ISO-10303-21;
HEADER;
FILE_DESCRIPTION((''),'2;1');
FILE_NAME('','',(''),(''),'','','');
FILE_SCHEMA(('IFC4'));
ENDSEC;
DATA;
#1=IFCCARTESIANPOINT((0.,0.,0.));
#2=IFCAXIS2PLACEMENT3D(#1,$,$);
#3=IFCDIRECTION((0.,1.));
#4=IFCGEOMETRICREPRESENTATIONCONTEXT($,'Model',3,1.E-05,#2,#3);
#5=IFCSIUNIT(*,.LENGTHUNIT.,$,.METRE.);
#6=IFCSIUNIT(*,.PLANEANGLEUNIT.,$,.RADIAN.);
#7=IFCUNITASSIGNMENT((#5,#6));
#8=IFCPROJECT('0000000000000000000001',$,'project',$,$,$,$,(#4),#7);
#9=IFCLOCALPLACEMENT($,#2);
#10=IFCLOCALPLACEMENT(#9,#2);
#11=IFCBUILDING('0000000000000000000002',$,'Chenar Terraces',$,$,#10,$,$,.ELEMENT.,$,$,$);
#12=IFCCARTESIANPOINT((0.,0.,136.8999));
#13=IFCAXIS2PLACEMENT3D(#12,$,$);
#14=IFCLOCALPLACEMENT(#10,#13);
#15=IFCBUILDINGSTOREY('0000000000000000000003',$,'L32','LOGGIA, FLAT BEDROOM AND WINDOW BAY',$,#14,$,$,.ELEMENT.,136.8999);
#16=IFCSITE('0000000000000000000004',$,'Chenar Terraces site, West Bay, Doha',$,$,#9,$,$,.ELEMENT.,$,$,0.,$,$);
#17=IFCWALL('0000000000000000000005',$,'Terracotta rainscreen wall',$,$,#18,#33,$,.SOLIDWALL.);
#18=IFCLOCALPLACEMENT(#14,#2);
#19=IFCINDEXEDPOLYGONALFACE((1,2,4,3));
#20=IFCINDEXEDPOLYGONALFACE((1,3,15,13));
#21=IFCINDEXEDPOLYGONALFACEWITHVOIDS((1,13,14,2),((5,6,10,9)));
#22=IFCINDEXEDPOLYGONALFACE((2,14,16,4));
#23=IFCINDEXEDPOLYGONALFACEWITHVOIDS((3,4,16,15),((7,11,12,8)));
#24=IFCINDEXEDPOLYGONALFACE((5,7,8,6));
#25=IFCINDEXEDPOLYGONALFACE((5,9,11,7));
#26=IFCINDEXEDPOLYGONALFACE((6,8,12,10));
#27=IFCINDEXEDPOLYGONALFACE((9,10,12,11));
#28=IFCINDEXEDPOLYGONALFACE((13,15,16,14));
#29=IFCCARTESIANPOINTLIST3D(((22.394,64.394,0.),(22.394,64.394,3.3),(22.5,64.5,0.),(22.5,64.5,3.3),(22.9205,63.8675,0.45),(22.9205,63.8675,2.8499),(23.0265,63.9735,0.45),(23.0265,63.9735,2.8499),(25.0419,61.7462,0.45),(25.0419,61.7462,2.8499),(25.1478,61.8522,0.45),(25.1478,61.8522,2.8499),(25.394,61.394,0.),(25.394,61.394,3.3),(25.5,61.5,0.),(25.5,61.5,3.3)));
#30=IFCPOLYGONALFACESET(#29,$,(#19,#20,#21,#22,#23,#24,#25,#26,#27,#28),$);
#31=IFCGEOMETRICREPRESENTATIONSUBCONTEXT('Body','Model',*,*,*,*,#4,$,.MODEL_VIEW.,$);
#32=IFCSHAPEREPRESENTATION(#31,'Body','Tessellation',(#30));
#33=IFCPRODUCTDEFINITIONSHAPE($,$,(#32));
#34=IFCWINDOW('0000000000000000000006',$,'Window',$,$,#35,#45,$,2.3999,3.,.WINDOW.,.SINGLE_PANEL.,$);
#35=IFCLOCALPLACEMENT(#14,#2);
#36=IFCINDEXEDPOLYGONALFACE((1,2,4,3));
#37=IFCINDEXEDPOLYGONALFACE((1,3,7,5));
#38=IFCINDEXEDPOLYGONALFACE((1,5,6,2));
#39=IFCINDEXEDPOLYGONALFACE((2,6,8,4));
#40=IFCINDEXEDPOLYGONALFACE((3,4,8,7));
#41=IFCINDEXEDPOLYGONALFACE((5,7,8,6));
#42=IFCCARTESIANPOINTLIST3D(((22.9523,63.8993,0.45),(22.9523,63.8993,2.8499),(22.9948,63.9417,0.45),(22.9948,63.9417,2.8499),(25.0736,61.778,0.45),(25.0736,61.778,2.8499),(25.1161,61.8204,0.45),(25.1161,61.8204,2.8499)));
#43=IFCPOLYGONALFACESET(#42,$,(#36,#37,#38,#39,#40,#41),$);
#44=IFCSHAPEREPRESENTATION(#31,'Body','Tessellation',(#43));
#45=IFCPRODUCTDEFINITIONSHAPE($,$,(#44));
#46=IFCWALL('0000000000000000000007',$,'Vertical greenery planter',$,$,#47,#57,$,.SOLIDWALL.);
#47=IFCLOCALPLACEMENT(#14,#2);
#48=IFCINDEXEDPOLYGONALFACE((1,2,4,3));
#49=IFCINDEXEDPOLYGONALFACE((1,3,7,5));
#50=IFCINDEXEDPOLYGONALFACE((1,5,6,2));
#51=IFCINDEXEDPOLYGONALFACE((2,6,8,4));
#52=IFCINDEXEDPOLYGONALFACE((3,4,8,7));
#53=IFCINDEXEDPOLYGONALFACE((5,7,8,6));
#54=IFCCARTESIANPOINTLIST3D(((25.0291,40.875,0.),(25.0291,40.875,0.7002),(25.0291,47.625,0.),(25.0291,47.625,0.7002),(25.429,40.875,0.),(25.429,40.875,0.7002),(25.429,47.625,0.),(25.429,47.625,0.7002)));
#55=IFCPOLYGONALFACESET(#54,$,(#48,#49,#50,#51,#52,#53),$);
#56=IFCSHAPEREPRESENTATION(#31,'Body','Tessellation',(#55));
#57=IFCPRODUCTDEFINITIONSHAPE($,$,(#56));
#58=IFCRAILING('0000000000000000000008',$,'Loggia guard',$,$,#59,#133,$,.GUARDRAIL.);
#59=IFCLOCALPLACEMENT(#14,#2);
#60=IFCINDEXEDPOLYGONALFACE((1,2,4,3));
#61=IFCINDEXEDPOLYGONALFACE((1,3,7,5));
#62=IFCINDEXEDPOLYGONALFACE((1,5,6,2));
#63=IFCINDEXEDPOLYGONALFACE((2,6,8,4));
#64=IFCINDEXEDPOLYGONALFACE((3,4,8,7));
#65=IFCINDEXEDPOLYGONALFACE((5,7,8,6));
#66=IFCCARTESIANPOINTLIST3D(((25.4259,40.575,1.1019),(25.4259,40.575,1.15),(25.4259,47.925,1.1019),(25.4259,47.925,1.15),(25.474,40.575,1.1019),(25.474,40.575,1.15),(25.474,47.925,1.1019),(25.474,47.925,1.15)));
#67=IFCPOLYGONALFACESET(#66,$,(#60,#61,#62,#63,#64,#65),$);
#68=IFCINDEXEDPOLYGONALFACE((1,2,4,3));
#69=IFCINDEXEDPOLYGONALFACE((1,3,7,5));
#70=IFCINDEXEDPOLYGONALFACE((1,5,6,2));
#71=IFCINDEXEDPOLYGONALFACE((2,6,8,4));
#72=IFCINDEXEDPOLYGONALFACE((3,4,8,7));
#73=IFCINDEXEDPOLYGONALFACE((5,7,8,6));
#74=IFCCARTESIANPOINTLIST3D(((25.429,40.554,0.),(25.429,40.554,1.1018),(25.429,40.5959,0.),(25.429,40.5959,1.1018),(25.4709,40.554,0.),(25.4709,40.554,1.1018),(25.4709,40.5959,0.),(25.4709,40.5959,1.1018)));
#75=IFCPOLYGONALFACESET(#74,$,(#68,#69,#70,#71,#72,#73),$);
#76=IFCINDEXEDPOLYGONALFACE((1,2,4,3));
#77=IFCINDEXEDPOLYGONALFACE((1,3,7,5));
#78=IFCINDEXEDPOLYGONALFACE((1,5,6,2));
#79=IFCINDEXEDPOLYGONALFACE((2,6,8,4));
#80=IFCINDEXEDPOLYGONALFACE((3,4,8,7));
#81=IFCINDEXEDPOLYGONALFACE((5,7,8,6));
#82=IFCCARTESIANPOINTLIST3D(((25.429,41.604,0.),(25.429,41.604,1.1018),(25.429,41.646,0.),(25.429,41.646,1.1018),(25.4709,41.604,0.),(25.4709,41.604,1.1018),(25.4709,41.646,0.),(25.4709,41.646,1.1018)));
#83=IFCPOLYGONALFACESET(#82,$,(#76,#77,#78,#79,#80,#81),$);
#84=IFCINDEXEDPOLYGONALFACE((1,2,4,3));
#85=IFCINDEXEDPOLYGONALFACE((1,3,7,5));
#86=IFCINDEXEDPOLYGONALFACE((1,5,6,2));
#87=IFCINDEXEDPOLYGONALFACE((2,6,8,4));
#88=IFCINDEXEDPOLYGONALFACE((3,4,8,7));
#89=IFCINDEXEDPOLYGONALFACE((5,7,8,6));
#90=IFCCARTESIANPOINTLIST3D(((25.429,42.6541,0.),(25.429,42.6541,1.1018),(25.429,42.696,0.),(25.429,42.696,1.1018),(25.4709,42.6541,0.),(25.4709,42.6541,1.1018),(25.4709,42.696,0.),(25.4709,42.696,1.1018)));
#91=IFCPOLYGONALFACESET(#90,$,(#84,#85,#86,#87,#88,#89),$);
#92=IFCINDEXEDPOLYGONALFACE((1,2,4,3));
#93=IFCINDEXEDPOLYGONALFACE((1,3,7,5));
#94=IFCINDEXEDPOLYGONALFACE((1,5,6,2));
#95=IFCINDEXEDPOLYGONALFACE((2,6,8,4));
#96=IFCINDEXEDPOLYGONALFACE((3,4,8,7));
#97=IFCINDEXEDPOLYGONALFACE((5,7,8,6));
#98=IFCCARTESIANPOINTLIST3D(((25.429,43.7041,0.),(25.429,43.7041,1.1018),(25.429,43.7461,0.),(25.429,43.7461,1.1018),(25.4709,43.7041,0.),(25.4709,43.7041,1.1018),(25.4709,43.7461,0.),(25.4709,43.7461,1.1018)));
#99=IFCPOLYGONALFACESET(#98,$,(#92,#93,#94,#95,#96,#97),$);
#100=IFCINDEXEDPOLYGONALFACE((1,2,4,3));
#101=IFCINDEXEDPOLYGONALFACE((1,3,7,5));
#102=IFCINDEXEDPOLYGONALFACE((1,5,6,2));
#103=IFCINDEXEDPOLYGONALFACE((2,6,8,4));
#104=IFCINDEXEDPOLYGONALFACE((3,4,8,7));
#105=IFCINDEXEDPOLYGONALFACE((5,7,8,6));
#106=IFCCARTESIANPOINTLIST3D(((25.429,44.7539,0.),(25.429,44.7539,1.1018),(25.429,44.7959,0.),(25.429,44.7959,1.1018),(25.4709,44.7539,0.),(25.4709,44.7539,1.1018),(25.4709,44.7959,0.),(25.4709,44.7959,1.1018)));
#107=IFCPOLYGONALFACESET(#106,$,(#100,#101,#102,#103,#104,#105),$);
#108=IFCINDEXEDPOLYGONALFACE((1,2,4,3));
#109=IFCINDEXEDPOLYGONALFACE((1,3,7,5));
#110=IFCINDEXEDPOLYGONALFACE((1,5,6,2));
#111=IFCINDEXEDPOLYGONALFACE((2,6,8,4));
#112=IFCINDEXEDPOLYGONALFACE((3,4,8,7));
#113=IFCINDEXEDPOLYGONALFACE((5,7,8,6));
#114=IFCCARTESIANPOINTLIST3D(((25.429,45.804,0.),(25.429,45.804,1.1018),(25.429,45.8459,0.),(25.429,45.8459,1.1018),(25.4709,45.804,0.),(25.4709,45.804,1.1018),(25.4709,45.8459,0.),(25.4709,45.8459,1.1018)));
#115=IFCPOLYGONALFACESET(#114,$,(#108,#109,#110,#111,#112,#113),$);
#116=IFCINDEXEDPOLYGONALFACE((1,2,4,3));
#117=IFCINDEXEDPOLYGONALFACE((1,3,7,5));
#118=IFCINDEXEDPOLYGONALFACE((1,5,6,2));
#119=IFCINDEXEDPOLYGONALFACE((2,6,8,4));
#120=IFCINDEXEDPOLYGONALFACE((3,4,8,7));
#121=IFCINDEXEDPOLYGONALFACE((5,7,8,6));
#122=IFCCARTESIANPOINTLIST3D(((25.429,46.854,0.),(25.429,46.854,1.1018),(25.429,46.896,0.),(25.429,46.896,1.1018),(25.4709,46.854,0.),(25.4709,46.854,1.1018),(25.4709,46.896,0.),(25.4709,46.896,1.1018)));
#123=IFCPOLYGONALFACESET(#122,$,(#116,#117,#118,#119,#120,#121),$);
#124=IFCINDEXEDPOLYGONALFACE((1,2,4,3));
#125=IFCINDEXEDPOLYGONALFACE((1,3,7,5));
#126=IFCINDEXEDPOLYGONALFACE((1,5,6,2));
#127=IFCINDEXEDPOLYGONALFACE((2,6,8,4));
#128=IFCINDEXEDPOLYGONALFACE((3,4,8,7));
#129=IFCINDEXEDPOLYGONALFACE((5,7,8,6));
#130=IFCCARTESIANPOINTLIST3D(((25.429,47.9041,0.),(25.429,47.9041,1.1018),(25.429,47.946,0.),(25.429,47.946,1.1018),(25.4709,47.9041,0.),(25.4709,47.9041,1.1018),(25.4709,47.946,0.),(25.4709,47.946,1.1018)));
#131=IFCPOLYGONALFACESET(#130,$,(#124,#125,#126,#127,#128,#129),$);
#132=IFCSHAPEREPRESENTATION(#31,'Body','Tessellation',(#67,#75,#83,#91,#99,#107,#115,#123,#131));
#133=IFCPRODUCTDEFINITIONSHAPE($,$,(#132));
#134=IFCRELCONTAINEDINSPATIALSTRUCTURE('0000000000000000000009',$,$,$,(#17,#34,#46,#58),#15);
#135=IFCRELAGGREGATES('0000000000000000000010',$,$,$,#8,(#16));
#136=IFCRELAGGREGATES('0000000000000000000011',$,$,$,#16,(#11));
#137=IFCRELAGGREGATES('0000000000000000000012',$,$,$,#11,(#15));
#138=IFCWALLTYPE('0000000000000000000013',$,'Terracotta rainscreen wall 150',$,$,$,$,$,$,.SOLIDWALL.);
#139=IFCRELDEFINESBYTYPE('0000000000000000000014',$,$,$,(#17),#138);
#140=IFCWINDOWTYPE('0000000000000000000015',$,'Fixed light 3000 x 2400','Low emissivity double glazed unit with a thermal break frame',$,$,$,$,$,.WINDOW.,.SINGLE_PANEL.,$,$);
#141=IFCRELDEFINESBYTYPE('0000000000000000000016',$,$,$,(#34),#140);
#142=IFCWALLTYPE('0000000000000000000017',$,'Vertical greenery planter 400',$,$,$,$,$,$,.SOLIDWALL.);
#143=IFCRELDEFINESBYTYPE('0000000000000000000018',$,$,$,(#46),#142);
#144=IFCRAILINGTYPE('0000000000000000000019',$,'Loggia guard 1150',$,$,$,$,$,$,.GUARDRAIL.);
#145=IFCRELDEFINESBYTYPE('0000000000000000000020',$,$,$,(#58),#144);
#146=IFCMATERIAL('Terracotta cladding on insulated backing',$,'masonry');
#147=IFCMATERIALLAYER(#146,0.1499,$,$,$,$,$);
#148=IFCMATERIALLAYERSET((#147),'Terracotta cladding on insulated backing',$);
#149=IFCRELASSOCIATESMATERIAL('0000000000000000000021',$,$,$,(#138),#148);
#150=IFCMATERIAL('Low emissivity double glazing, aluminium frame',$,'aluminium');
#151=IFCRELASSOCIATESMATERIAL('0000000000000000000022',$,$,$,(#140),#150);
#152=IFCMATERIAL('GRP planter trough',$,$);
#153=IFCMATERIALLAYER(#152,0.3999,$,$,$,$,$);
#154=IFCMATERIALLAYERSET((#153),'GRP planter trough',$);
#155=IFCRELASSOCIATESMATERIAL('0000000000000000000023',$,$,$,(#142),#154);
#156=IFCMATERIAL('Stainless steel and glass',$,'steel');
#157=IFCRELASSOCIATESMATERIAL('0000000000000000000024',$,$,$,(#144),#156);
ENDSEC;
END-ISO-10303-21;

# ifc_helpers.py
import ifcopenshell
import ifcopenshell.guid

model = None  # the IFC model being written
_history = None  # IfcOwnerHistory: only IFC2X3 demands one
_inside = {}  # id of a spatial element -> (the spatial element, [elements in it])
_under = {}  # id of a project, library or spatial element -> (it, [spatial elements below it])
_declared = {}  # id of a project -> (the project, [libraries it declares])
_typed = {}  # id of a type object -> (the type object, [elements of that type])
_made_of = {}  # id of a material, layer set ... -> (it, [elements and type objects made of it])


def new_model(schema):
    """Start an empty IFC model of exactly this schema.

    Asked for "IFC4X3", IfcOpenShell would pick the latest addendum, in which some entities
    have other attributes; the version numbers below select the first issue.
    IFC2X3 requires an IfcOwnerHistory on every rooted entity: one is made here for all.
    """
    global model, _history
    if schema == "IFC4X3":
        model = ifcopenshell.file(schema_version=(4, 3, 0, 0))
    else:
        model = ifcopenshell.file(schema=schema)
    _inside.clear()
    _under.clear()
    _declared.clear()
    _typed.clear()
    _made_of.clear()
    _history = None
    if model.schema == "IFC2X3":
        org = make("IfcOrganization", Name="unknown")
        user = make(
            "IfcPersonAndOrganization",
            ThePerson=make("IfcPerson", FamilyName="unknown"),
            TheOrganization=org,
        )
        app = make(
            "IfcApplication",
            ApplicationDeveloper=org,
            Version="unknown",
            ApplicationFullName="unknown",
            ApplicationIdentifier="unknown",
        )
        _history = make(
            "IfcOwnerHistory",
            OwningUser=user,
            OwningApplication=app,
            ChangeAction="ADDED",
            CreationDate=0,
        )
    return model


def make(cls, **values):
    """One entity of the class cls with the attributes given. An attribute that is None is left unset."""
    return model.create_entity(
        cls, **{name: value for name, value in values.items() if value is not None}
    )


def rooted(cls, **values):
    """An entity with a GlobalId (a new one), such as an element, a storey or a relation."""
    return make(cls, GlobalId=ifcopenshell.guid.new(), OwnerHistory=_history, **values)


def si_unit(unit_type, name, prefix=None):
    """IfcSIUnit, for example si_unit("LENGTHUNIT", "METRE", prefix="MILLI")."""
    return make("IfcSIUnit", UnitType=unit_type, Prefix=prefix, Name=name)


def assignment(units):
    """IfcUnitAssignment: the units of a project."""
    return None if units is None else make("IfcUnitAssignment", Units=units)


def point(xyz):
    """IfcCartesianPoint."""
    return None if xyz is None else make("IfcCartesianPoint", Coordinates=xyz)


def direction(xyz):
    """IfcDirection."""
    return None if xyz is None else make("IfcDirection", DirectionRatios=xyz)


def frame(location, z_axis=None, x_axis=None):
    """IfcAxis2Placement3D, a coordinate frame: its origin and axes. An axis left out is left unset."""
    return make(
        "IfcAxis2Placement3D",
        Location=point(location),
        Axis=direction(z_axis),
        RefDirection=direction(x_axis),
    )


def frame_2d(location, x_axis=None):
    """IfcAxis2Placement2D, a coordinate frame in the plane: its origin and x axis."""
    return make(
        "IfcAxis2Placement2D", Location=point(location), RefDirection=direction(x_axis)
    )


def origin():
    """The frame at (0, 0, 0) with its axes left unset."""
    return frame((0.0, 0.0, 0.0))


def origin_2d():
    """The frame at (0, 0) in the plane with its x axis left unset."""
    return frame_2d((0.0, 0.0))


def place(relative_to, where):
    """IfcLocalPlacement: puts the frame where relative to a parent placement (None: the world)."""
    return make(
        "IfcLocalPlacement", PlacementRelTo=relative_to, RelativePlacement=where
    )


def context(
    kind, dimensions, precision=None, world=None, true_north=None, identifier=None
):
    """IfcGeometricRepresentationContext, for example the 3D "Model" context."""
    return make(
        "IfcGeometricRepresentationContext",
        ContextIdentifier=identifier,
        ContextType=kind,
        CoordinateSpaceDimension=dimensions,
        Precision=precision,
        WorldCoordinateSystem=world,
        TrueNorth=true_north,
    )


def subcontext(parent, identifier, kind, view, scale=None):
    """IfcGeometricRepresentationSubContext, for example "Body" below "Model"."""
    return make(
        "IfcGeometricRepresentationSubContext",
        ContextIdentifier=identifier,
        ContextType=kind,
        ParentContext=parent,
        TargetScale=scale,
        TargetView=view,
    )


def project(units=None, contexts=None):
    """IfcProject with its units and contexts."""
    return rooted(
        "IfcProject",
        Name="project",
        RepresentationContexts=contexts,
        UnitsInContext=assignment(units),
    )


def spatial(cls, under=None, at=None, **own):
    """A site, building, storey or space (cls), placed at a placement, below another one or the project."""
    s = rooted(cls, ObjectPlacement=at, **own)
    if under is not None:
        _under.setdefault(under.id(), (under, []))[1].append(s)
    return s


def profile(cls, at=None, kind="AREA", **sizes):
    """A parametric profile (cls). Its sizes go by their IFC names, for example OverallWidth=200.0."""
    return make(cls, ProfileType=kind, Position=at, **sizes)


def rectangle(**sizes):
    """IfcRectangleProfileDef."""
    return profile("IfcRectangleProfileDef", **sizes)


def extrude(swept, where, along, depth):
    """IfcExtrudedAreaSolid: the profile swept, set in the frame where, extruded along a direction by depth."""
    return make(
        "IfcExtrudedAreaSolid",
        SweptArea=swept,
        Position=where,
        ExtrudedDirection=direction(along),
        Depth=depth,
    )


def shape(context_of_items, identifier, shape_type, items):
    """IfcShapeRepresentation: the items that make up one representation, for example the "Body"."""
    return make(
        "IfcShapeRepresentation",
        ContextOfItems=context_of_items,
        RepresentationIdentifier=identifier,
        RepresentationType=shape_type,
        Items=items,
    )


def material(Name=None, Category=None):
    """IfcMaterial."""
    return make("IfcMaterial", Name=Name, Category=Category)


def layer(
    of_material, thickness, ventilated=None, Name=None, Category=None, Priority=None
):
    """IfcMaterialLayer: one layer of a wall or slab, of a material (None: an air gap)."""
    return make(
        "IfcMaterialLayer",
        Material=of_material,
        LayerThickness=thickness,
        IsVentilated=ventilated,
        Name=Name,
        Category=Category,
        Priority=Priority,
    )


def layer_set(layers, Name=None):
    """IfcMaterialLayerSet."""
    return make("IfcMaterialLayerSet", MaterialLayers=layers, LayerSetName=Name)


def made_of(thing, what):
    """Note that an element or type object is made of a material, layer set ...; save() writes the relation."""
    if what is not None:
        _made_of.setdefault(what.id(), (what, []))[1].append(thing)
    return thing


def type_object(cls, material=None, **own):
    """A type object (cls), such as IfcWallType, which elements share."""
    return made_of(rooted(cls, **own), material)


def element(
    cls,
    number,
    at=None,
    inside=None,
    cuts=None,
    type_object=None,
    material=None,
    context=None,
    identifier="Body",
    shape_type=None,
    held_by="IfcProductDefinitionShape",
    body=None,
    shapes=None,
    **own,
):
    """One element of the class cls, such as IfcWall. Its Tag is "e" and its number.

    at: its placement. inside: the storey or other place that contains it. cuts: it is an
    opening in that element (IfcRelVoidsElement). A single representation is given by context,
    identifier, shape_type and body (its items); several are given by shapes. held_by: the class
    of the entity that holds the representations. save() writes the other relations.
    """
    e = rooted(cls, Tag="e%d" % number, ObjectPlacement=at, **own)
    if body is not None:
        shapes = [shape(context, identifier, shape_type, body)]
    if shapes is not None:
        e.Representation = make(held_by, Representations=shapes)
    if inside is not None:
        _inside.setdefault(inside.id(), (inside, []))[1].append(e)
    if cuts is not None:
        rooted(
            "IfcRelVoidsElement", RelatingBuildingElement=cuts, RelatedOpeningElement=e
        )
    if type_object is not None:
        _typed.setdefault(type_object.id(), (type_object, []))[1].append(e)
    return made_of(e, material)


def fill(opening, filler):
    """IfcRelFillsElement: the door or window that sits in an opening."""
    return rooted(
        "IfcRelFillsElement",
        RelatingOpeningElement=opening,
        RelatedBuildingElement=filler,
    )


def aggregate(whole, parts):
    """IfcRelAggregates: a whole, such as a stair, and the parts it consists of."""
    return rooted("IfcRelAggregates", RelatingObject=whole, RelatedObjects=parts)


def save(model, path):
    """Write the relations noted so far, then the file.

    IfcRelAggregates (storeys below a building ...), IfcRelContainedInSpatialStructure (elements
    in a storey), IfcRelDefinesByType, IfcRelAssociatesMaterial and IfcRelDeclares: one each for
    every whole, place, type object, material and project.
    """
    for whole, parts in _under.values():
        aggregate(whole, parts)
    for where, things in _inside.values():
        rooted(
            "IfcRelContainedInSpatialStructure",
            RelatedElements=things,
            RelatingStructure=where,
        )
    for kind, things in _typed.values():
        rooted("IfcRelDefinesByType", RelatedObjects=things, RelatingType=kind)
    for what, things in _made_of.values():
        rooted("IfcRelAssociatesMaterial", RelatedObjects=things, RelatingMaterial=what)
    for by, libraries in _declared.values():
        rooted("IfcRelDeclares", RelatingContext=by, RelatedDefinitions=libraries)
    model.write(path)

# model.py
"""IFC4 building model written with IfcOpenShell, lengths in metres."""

from ifc_helpers import new_model, si_unit, direction, frame, frame_2d, origin, origin_2d, place, context, subcontext, project, spatial, rectangle, extrude, material, layer, layer_set, type_object, element, fill, save


model = new_model("IFC4")

# Units and contexts
model_context = context("Model", 3, precision=1e-05, world=origin(), true_north=direction((0.0, 1.0)))
body_context = subcontext(model_context, "Body", "Model", "MODEL_VIEW")
ifc_project = project(units=[si_unit("LENGTHUNIT", "METRE"), si_unit("PLANEANGLEUNIT", "RADIAN")], contexts=[model_context])

# Site, building, storey
site_placement = place(None, origin())
site = spatial("IfcSite", under=ifc_project, at=site_placement, Name="Chenar Terraces site, West Bay, Doha", CompositionType="ELEMENT", RefElevation=0.0)
building_placement = place(site_placement, origin())
building = spatial("IfcBuilding", under=site, at=building_placement, Name="Chenar Terraces", CompositionType="ELEMENT")
storey_placement = place(building_placement, frame((0.0, 0.0, 136.8999)))
storey = spatial("IfcBuildingStorey", under=building, at=storey_placement, Name="L32", Description="LOGGIA, FLAT BEDROOM AND WINDOW BAY", CompositionType="ELEMENT", Elevation=136.8999)

# Wall, opening, window
ifc_material_1 = material(Name="Terracotta cladding on insulated backing", Category="masonry")
ifc_layer_1 = layer(ifc_material_1, 0.1499)
ifc_layer_set_1 = layer_set([ifc_layer_1], Name="Terracotta cladding on insulated backing")
wall_type_1 = type_object("IfcWallType", Name="Terracotta rainscreen wall 150", PredefinedType="SOLIDWALL", material=ifc_layer_set_1)
ifc_material_2 = material(Name="Low emissivity double glazing, aluminium frame", Category="aluminium")
window_type_1 = type_object("IfcWindowType", Name="Fixed light 3000 x 2400", Description="Low emissivity double glazed unit with a thermal break frame", PartitioningType="SINGLE_PANEL", PredefinedType="WINDOW", material=ifc_material_2)
wall_1_placement = place(storey_placement, frame((25.447, 61.447, 0.0), z_axis=(0.0, 0.0, 1.0), x_axis=(-0.707107, 0.707107, 0.0)))
wall_1 = element("IfcWall", 1, at=wall_1_placement, inside=storey, type_object=wall_type_1, Name="Terracotta rainscreen wall", PredefinedType="SOLIDWALL", context=body_context, shape_type="SweptSolid", body=[
    extrude(rectangle(XDim=4.2427, YDim=0.1499, at=frame_2d((2.1213, 0.0))), origin(), (0.0, 0.0, 1.0), 3.3),
])
opening_1_placement = place(wall_1_placement, frame((0.498, 0.0, 0.45)))
opening_1 = element("IfcOpeningElement", 2, at=opening_1_placement, cuts=wall_1, PredefinedType="OPENING", context=body_context, shape_type="SweptSolid", body=[
    extrude(rectangle(XDim=3.0, YDim=2.3999, at=frame_2d((1.5, 1.2))), frame((0.0, 0.085, 0.0), z_axis=(0.0, -1.0, 0.0), x_axis=(1.0, 0.0, 0.0)), (0.0, 0.0, 1.0), 0.1699),
])
window_1_placement = place(opening_1_placement, origin())
window_1 = element("IfcWindow", 3, at=window_1_placement, inside=storey, type_object=window_type_1, Name="Window", OverallHeight=2.3999, OverallWidth=3.0, PartitioningType="SINGLE_PANEL", PredefinedType="WINDOW", context=body_context, shape_type="SweptSolid", body=[
    extrude(rectangle(XDim=3.0, YDim=2.3999, at=frame_2d((1.5, 1.2))), frame((0.0, 0.03, 0.0), z_axis=(0.0, -1.0, 0.0), x_axis=(1.0, 0.0, 0.0)), (0.0, 0.0, 1.0), 0.0601),
])
fill(opening_1, window_1)

# Wall
ifc_material_3 = material(Name="GRP planter trough")
ifc_layer_2 = layer(ifc_material_3, 0.3999)
ifc_layer_set_2 = layer_set([ifc_layer_2], Name="GRP planter trough")
wall_type_2 = type_object("IfcWallType", Name="Vertical greenery planter 400", PredefinedType="SOLIDWALL", material=ifc_layer_set_2)
wall_2_placement = place(storey_placement, frame((25.229, 40.875, 0.0), z_axis=(0.0, 0.0, 1.0), x_axis=(0.0, 1.0, 0.0)))
element("IfcWall", 4, at=wall_2_placement, inside=storey, type_object=wall_type_2, Name="Vertical greenery planter", PredefinedType="SOLIDWALL", context=body_context, shape_type="SweptSolid", body=[
    extrude(rectangle(XDim=6.75, YDim=0.3999, at=frame_2d((3.375, 0.0))), origin(), (0.0, 0.0, 1.0), 0.7002),
])

# Railing
ifc_material_4 = material(Name="Stainless steel and glass", Category="steel")
railing_type = type_object("IfcRailingType", Name="Loggia guard 1150", PredefinedType="GUARDRAIL", material=ifc_material_4)
railing_placement = place(storey_placement, frame((25.45, 40.575, 0.0)))
element("IfcRailing", 5, at=railing_placement, inside=storey, type_object=railing_type, Name="Loggia guard", PredefinedType="GUARDRAIL", context=body_context, shape_type="SweptSolid", body=[
    extrude(rectangle(XDim=0.0481, YDim=0.0481, at=origin_2d()), frame((0.0, 0.0, 1.126), z_axis=(0.0, 1.0, 0.0), x_axis=(-1.0, 0.0, 0.0)), (0.0, 0.0, 1.0), 7.3501),
    extrude(rectangle(XDim=0.042, YDim=0.042, at=origin_2d()), origin(), (0.0, 0.0, 1.0), 1.1018),
    extrude(rectangle(XDim=0.042, YDim=0.042, at=origin_2d()), frame((0.0, 1.05, 0.0)), (0.0, 0.0, 1.0), 1.1018),
    extrude(rectangle(XDim=0.042, YDim=0.042, at=origin_2d()), frame((0.0, 2.1001, 0.0)), (0.0, 0.0, 1.0), 1.1018),
    extrude(rectangle(XDim=0.042, YDim=0.042, at=origin_2d()), frame((0.0, 3.1501, 0.0)), (0.0, 0.0, 1.0), 1.1018),
    extrude(rectangle(XDim=0.042, YDim=0.042, at=origin_2d()), frame((0.0, 4.2, 0.0)), (0.0, 0.0, 1.0), 1.1018),
    extrude(rectangle(XDim=0.042, YDim=0.042, at=origin_2d()), frame((0.0, 5.25, 0.0)), (0.0, 0.0, 1.0), 1.1018),
    extrude(rectangle(XDim=0.042, YDim=0.042, at=origin_2d()), frame((0.0, 6.3, 0.0)), (0.0, 0.0, 1.0), 1.1018),
    extrude(rectangle(XDim=0.042, YDim=0.042, at=origin_2d()), frame((0.0, 7.3501, 0.0)), (0.0, 0.0, 1.0), 1.1018),
])

save(model, "model.ifc")
